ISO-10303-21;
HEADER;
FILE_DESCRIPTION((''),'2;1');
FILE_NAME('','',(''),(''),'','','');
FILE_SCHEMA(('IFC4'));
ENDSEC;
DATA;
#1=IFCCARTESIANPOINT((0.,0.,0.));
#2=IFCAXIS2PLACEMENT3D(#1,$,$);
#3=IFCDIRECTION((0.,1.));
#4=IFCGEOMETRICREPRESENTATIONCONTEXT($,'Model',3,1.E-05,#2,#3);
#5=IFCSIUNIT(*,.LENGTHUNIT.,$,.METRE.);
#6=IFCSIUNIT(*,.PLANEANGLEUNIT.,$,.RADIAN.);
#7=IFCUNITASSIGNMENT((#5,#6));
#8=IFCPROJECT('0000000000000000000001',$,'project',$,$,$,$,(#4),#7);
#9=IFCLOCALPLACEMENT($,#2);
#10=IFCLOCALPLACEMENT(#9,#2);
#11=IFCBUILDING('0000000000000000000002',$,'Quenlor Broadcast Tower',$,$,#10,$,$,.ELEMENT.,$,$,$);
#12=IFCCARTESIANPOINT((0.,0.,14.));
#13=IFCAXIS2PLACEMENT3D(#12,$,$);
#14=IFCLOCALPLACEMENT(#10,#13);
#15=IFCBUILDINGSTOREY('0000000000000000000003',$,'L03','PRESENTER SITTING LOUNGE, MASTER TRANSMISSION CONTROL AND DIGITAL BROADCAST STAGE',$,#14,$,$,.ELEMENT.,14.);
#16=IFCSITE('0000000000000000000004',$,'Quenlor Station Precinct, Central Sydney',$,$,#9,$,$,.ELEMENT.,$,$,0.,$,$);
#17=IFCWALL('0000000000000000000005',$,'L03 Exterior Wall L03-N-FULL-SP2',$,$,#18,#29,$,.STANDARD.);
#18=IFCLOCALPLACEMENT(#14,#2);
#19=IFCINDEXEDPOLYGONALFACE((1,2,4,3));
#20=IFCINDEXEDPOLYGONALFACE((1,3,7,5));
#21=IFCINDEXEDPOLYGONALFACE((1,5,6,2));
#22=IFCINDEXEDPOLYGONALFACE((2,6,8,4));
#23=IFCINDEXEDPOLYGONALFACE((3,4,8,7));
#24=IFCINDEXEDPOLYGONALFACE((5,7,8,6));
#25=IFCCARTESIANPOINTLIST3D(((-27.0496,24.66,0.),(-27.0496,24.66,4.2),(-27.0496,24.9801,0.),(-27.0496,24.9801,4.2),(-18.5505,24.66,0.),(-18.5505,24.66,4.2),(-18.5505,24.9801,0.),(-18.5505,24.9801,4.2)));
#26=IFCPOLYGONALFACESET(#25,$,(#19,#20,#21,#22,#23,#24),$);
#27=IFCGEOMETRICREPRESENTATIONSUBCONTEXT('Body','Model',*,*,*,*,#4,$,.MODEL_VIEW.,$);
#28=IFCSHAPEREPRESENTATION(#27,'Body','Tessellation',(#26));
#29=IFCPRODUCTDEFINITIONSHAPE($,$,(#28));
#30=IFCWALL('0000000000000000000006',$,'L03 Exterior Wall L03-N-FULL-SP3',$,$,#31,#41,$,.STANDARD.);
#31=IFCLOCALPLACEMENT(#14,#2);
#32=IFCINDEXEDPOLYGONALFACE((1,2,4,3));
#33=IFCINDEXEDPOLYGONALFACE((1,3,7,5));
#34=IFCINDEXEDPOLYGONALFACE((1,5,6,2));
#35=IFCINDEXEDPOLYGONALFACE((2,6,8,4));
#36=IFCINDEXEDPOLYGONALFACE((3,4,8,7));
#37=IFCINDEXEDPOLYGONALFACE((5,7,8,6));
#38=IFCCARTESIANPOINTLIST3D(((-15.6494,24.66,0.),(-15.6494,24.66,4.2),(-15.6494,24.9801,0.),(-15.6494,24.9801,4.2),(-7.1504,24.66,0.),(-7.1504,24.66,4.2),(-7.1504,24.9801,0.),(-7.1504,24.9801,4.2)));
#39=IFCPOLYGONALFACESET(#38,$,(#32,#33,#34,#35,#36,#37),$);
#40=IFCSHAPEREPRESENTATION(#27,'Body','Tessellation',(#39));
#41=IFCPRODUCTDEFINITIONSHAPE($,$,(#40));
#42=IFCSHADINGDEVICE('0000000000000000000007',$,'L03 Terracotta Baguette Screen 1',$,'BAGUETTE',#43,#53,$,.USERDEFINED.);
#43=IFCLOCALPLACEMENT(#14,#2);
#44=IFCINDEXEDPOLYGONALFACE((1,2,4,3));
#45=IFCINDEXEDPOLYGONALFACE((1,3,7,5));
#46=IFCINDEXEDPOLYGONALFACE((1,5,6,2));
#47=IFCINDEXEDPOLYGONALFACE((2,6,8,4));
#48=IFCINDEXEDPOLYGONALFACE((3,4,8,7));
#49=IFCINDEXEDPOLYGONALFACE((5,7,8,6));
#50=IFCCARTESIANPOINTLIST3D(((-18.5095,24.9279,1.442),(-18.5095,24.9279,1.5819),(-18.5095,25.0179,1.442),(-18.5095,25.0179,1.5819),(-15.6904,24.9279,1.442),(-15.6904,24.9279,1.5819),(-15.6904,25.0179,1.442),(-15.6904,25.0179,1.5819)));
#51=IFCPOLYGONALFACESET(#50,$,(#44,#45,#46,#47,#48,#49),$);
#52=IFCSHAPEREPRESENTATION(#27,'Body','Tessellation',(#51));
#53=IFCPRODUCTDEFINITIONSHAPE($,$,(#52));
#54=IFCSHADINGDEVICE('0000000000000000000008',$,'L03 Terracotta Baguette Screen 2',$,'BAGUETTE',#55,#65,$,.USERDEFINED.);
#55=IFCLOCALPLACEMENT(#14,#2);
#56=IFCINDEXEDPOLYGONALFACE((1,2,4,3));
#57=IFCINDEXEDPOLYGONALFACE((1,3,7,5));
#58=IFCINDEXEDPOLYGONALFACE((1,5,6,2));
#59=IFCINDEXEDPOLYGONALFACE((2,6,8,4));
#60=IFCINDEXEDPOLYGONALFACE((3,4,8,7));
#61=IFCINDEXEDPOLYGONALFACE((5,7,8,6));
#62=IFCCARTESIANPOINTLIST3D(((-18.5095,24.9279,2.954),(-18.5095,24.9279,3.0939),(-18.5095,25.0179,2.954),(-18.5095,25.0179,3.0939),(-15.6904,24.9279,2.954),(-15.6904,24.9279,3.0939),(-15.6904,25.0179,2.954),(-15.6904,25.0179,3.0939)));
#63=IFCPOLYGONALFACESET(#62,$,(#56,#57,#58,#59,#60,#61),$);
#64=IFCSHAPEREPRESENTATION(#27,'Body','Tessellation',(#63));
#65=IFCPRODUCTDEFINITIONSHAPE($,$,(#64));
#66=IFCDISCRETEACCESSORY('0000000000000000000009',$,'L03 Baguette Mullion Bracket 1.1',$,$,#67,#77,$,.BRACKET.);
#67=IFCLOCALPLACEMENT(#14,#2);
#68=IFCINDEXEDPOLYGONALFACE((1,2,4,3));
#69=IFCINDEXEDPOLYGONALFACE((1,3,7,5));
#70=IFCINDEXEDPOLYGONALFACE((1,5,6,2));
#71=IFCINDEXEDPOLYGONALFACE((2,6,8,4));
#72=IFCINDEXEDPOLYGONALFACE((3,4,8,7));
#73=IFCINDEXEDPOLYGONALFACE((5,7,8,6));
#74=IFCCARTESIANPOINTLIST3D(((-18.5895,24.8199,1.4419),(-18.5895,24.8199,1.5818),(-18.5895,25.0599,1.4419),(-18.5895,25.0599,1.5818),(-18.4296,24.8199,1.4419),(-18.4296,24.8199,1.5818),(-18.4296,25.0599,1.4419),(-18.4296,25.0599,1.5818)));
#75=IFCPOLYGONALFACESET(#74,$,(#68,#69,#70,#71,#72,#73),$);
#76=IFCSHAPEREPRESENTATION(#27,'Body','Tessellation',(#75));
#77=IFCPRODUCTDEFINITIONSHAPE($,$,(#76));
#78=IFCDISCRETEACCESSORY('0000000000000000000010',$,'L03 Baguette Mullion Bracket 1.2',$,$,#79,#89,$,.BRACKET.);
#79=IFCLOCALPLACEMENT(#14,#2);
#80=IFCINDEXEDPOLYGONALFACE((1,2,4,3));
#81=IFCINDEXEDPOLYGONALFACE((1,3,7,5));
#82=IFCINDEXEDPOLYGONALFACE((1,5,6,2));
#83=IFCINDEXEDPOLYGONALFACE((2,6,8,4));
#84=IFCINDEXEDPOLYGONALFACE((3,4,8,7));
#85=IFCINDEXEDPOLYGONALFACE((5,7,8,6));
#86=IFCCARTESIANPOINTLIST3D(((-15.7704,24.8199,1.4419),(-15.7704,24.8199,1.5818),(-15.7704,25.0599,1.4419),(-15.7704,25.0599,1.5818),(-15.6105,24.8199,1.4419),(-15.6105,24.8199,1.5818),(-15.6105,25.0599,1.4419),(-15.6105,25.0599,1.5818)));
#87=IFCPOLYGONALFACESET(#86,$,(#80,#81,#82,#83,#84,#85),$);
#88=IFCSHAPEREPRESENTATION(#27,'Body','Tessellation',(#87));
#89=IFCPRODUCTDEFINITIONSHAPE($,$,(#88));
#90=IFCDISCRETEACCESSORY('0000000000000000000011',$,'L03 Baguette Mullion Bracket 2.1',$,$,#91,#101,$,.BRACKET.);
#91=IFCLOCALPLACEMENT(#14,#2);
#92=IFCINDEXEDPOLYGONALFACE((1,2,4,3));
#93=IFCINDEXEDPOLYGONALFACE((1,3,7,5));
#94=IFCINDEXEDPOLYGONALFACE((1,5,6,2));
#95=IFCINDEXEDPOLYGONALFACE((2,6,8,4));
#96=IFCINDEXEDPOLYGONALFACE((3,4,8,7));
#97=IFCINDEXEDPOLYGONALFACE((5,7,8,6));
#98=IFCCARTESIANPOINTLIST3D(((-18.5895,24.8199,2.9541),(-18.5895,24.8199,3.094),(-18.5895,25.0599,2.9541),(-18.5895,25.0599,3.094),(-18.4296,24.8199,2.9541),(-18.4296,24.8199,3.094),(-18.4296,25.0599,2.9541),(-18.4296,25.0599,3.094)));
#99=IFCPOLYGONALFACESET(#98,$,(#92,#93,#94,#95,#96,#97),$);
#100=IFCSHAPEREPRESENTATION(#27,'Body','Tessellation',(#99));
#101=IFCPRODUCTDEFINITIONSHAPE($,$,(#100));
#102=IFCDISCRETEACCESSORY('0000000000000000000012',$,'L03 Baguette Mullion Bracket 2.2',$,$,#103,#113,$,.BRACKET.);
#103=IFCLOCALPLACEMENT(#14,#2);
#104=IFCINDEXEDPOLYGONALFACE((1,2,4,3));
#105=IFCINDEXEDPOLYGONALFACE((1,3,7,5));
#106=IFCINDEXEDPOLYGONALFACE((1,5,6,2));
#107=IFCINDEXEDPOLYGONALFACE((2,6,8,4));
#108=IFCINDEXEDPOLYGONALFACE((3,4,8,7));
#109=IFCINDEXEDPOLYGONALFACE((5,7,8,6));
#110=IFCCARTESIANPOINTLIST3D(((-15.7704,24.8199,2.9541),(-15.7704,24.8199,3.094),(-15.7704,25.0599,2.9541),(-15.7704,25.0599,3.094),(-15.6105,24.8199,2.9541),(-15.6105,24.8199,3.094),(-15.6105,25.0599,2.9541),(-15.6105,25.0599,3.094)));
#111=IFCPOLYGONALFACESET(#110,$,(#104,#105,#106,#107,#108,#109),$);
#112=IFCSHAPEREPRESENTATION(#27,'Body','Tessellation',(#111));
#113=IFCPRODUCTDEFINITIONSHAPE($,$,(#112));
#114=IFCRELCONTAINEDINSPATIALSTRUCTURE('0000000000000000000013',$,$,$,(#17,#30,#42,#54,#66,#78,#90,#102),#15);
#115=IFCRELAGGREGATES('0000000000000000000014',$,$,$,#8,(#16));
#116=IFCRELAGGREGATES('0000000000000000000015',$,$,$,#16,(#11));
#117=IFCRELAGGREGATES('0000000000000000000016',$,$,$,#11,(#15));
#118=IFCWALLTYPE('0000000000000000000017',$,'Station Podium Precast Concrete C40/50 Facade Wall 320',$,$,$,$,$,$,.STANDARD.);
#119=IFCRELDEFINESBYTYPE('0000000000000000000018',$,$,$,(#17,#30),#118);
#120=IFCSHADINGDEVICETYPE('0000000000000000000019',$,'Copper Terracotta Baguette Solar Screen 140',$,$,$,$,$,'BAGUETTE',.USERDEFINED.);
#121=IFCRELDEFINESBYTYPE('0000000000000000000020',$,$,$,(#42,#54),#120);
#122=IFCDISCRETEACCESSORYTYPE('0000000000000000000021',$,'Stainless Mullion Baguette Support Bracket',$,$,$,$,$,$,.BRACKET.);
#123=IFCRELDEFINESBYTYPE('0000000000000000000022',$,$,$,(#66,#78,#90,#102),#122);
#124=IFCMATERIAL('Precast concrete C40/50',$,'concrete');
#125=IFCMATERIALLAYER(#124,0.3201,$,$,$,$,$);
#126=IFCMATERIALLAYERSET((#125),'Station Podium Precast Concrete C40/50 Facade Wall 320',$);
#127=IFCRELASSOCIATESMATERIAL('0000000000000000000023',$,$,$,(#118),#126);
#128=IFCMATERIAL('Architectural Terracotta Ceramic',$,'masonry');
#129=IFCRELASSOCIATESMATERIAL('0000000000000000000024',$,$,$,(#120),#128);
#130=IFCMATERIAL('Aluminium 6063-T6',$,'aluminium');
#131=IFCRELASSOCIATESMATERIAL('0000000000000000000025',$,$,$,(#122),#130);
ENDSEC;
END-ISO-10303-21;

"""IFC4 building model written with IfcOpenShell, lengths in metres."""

from ifc_helpers import new_model, si_unit, direction, frame, frame_2d, origin, origin_2d, place, context, subcontext, project, spatial, rectangle, extrude, material, layer, layer_set, material_profile, profile_set, type_object, element, save


model = new_model("IFC4")

# Units and contexts
model_context = context("Model", 3, precision=1e-05, world=origin(), true_north=direction((0.0, 1.0)))
body_context = subcontext(model_context, "Body", "Model", "MODEL_VIEW")
ifc_project = project(units=[si_unit("LENGTHUNIT", "METRE"), si_unit("PLANEANGLEUNIT", "RADIAN")], contexts=[model_context])

# Site, building, storey
site_placement = place(None, origin())
site = spatial("IfcSite", under=ifc_project, at=site_placement, Name="Quenlor Station Precinct, Central Sydney", CompositionType="ELEMENT", RefElevation=0.0)
building_placement = place(site_placement, origin())
building = spatial("IfcBuilding", under=site, at=building_placement, Name="Quenlor Broadcast Tower", CompositionType="ELEMENT")
storey_placement = place(building_placement, frame((0.0, 0.0, 14.0)))
storey = spatial("IfcBuildingStorey", under=building, at=storey_placement, Name="L03", Description="PRESENTER SITTING LOUNGE, MASTER TRANSMISSION CONTROL AND DIGITAL BROADCAST STAGE", CompositionType="ELEMENT", Elevation=14.0)

# Walls
ifc_material_1 = material(Name="Precast concrete C40/50", Category="concrete")
ifc_layer_1 = layer(ifc_material_1, 0.3201)
ifc_layer_set_1 = layer_set([ifc_layer_1], Name="Station Podium Precast Concrete C40/50 Facade Wall 320")
wall_type = type_object("IfcWallType", Name="Station Podium Precast Concrete C40/50 Facade Wall 320", PredefinedType="STANDARD", material=ifc_layer_set_1)
for number, where, z_axis, x_axis, name in (
    (1, (-27.0496, 24.8201, 0.0), (0.0, 0.0, 1.0), (1.0, 0.0, 0.0), "L03 Exterior Wall L03-N-FULL-SP2"),
    (2, (-15.6494, 24.8201, 0.0), (0.0, 0.0, 1.0), (1.0, 0.0, 0.0), "L03 Exterior Wall L03-N-FULL-SP3"),
):
    element("IfcWall", number, at=place(storey_placement, frame(where, z_axis=z_axis, x_axis=x_axis)), inside=storey, type_object=wall_type, Name=name, PredefinedType="STANDARD", context=body_context, shape_type="SweptSolid", body=[
        extrude(rectangle(XDim=8.499, YDim=0.3201, at=frame_2d((4.2495, 0.0))), origin(), (0.0, 0.0, 1.0), 4.2),
    ])

# Shading devices
ifc_material_2 = material(Name="Architectural Terracotta Ceramic", Category="masonry")
ifc_material_profile_1 = material_profile(ifc_material_2, rectangle(XDim=0.0901, YDim=0.1399, at=origin_2d()))
ifc_profile_set_1 = profile_set([ifc_material_profile_1], Name="Architectural Terracotta Ceramic BAG90x140")
shading_device_type = type_object("IfcShadingDeviceType", Name="Copper Terracotta Baguette Solar Screen 140", ElementType="BAGUETTE", PredefinedType="USERDEFINED", material=ifc_profile_set_1)
for number, where, z_axis, x_axis, name in (
    (3, (-18.5095, 24.9729, 1.512), (1.0, 0.0, 0.0), (0.0, 1.0, 0.0), "L03 Terracotta Baguette Screen 1"),
    (4, (-18.5095, 24.9729, 3.0239), (1.0, 0.0, 0.0), (0.0, 1.0, 0.0), "L03 Terracotta Baguette Screen 2"),
):
    element("IfcShadingDevice", number, at=place(storey_placement, frame(where, z_axis=z_axis, x_axis=x_axis)), inside=storey, type_object=shading_device_type, Name=name, ObjectType="BAGUETTE", PredefinedType="USERDEFINED", context=body_context, shape_type="SweptSolid", body=[
        extrude(rectangle(XDim=0.0901, YDim=0.1399, at=origin_2d()), origin(), (0.0, 0.0, 1.0), 2.8191),
    ])

# Discrete accessories
ifc_material_3 = material(Name="Aluminium 6063-T6", Category="aluminium")
discrete_accessory_type = type_object("IfcDiscreteAccessoryType", Name="Stainless Mullion Baguette Support Bracket", PredefinedType="BRACKET", material=ifc_material_3)
for number, where, z_axis, x_axis, name in (
    (5, (-18.5095, 24.9399, 1.4419), (0.0, 0.0, 1.0), (1.0, 0.0, 0.0), "L03 Baguette Mullion Bracket 1.1"),
    (6, (-15.6904, 24.9399, 1.4419), (0.0, 0.0, 1.0), (1.0, 0.0, 0.0), "L03 Baguette Mullion Bracket 1.2"),
    (7, (-18.5095, 24.9399, 2.9541), (0.0, 0.0, 1.0), (1.0, 0.0, 0.0), "L03 Baguette Mullion Bracket 2.1"),
    (8, (-15.6904, 24.9399, 2.9541), (0.0, 0.0, 1.0), (1.0, 0.0, 0.0), "L03 Baguette Mullion Bracket 2.2"),
):
    element("IfcDiscreteAccessory", number, at=place(storey_placement, frame(where, z_axis=z_axis, x_axis=x_axis)), inside=storey, type_object=discrete_accessory_type, Name=name, PredefinedType="BRACKET", context=body_context, shape_type="SweptSolid", body=[
        extrude(rectangle(XDim=0.1599, YDim=0.24, at=origin_2d()), origin(), (0.0, 0.0, 1.0), 0.1399),
    ])

save(model, "model.ifc")
